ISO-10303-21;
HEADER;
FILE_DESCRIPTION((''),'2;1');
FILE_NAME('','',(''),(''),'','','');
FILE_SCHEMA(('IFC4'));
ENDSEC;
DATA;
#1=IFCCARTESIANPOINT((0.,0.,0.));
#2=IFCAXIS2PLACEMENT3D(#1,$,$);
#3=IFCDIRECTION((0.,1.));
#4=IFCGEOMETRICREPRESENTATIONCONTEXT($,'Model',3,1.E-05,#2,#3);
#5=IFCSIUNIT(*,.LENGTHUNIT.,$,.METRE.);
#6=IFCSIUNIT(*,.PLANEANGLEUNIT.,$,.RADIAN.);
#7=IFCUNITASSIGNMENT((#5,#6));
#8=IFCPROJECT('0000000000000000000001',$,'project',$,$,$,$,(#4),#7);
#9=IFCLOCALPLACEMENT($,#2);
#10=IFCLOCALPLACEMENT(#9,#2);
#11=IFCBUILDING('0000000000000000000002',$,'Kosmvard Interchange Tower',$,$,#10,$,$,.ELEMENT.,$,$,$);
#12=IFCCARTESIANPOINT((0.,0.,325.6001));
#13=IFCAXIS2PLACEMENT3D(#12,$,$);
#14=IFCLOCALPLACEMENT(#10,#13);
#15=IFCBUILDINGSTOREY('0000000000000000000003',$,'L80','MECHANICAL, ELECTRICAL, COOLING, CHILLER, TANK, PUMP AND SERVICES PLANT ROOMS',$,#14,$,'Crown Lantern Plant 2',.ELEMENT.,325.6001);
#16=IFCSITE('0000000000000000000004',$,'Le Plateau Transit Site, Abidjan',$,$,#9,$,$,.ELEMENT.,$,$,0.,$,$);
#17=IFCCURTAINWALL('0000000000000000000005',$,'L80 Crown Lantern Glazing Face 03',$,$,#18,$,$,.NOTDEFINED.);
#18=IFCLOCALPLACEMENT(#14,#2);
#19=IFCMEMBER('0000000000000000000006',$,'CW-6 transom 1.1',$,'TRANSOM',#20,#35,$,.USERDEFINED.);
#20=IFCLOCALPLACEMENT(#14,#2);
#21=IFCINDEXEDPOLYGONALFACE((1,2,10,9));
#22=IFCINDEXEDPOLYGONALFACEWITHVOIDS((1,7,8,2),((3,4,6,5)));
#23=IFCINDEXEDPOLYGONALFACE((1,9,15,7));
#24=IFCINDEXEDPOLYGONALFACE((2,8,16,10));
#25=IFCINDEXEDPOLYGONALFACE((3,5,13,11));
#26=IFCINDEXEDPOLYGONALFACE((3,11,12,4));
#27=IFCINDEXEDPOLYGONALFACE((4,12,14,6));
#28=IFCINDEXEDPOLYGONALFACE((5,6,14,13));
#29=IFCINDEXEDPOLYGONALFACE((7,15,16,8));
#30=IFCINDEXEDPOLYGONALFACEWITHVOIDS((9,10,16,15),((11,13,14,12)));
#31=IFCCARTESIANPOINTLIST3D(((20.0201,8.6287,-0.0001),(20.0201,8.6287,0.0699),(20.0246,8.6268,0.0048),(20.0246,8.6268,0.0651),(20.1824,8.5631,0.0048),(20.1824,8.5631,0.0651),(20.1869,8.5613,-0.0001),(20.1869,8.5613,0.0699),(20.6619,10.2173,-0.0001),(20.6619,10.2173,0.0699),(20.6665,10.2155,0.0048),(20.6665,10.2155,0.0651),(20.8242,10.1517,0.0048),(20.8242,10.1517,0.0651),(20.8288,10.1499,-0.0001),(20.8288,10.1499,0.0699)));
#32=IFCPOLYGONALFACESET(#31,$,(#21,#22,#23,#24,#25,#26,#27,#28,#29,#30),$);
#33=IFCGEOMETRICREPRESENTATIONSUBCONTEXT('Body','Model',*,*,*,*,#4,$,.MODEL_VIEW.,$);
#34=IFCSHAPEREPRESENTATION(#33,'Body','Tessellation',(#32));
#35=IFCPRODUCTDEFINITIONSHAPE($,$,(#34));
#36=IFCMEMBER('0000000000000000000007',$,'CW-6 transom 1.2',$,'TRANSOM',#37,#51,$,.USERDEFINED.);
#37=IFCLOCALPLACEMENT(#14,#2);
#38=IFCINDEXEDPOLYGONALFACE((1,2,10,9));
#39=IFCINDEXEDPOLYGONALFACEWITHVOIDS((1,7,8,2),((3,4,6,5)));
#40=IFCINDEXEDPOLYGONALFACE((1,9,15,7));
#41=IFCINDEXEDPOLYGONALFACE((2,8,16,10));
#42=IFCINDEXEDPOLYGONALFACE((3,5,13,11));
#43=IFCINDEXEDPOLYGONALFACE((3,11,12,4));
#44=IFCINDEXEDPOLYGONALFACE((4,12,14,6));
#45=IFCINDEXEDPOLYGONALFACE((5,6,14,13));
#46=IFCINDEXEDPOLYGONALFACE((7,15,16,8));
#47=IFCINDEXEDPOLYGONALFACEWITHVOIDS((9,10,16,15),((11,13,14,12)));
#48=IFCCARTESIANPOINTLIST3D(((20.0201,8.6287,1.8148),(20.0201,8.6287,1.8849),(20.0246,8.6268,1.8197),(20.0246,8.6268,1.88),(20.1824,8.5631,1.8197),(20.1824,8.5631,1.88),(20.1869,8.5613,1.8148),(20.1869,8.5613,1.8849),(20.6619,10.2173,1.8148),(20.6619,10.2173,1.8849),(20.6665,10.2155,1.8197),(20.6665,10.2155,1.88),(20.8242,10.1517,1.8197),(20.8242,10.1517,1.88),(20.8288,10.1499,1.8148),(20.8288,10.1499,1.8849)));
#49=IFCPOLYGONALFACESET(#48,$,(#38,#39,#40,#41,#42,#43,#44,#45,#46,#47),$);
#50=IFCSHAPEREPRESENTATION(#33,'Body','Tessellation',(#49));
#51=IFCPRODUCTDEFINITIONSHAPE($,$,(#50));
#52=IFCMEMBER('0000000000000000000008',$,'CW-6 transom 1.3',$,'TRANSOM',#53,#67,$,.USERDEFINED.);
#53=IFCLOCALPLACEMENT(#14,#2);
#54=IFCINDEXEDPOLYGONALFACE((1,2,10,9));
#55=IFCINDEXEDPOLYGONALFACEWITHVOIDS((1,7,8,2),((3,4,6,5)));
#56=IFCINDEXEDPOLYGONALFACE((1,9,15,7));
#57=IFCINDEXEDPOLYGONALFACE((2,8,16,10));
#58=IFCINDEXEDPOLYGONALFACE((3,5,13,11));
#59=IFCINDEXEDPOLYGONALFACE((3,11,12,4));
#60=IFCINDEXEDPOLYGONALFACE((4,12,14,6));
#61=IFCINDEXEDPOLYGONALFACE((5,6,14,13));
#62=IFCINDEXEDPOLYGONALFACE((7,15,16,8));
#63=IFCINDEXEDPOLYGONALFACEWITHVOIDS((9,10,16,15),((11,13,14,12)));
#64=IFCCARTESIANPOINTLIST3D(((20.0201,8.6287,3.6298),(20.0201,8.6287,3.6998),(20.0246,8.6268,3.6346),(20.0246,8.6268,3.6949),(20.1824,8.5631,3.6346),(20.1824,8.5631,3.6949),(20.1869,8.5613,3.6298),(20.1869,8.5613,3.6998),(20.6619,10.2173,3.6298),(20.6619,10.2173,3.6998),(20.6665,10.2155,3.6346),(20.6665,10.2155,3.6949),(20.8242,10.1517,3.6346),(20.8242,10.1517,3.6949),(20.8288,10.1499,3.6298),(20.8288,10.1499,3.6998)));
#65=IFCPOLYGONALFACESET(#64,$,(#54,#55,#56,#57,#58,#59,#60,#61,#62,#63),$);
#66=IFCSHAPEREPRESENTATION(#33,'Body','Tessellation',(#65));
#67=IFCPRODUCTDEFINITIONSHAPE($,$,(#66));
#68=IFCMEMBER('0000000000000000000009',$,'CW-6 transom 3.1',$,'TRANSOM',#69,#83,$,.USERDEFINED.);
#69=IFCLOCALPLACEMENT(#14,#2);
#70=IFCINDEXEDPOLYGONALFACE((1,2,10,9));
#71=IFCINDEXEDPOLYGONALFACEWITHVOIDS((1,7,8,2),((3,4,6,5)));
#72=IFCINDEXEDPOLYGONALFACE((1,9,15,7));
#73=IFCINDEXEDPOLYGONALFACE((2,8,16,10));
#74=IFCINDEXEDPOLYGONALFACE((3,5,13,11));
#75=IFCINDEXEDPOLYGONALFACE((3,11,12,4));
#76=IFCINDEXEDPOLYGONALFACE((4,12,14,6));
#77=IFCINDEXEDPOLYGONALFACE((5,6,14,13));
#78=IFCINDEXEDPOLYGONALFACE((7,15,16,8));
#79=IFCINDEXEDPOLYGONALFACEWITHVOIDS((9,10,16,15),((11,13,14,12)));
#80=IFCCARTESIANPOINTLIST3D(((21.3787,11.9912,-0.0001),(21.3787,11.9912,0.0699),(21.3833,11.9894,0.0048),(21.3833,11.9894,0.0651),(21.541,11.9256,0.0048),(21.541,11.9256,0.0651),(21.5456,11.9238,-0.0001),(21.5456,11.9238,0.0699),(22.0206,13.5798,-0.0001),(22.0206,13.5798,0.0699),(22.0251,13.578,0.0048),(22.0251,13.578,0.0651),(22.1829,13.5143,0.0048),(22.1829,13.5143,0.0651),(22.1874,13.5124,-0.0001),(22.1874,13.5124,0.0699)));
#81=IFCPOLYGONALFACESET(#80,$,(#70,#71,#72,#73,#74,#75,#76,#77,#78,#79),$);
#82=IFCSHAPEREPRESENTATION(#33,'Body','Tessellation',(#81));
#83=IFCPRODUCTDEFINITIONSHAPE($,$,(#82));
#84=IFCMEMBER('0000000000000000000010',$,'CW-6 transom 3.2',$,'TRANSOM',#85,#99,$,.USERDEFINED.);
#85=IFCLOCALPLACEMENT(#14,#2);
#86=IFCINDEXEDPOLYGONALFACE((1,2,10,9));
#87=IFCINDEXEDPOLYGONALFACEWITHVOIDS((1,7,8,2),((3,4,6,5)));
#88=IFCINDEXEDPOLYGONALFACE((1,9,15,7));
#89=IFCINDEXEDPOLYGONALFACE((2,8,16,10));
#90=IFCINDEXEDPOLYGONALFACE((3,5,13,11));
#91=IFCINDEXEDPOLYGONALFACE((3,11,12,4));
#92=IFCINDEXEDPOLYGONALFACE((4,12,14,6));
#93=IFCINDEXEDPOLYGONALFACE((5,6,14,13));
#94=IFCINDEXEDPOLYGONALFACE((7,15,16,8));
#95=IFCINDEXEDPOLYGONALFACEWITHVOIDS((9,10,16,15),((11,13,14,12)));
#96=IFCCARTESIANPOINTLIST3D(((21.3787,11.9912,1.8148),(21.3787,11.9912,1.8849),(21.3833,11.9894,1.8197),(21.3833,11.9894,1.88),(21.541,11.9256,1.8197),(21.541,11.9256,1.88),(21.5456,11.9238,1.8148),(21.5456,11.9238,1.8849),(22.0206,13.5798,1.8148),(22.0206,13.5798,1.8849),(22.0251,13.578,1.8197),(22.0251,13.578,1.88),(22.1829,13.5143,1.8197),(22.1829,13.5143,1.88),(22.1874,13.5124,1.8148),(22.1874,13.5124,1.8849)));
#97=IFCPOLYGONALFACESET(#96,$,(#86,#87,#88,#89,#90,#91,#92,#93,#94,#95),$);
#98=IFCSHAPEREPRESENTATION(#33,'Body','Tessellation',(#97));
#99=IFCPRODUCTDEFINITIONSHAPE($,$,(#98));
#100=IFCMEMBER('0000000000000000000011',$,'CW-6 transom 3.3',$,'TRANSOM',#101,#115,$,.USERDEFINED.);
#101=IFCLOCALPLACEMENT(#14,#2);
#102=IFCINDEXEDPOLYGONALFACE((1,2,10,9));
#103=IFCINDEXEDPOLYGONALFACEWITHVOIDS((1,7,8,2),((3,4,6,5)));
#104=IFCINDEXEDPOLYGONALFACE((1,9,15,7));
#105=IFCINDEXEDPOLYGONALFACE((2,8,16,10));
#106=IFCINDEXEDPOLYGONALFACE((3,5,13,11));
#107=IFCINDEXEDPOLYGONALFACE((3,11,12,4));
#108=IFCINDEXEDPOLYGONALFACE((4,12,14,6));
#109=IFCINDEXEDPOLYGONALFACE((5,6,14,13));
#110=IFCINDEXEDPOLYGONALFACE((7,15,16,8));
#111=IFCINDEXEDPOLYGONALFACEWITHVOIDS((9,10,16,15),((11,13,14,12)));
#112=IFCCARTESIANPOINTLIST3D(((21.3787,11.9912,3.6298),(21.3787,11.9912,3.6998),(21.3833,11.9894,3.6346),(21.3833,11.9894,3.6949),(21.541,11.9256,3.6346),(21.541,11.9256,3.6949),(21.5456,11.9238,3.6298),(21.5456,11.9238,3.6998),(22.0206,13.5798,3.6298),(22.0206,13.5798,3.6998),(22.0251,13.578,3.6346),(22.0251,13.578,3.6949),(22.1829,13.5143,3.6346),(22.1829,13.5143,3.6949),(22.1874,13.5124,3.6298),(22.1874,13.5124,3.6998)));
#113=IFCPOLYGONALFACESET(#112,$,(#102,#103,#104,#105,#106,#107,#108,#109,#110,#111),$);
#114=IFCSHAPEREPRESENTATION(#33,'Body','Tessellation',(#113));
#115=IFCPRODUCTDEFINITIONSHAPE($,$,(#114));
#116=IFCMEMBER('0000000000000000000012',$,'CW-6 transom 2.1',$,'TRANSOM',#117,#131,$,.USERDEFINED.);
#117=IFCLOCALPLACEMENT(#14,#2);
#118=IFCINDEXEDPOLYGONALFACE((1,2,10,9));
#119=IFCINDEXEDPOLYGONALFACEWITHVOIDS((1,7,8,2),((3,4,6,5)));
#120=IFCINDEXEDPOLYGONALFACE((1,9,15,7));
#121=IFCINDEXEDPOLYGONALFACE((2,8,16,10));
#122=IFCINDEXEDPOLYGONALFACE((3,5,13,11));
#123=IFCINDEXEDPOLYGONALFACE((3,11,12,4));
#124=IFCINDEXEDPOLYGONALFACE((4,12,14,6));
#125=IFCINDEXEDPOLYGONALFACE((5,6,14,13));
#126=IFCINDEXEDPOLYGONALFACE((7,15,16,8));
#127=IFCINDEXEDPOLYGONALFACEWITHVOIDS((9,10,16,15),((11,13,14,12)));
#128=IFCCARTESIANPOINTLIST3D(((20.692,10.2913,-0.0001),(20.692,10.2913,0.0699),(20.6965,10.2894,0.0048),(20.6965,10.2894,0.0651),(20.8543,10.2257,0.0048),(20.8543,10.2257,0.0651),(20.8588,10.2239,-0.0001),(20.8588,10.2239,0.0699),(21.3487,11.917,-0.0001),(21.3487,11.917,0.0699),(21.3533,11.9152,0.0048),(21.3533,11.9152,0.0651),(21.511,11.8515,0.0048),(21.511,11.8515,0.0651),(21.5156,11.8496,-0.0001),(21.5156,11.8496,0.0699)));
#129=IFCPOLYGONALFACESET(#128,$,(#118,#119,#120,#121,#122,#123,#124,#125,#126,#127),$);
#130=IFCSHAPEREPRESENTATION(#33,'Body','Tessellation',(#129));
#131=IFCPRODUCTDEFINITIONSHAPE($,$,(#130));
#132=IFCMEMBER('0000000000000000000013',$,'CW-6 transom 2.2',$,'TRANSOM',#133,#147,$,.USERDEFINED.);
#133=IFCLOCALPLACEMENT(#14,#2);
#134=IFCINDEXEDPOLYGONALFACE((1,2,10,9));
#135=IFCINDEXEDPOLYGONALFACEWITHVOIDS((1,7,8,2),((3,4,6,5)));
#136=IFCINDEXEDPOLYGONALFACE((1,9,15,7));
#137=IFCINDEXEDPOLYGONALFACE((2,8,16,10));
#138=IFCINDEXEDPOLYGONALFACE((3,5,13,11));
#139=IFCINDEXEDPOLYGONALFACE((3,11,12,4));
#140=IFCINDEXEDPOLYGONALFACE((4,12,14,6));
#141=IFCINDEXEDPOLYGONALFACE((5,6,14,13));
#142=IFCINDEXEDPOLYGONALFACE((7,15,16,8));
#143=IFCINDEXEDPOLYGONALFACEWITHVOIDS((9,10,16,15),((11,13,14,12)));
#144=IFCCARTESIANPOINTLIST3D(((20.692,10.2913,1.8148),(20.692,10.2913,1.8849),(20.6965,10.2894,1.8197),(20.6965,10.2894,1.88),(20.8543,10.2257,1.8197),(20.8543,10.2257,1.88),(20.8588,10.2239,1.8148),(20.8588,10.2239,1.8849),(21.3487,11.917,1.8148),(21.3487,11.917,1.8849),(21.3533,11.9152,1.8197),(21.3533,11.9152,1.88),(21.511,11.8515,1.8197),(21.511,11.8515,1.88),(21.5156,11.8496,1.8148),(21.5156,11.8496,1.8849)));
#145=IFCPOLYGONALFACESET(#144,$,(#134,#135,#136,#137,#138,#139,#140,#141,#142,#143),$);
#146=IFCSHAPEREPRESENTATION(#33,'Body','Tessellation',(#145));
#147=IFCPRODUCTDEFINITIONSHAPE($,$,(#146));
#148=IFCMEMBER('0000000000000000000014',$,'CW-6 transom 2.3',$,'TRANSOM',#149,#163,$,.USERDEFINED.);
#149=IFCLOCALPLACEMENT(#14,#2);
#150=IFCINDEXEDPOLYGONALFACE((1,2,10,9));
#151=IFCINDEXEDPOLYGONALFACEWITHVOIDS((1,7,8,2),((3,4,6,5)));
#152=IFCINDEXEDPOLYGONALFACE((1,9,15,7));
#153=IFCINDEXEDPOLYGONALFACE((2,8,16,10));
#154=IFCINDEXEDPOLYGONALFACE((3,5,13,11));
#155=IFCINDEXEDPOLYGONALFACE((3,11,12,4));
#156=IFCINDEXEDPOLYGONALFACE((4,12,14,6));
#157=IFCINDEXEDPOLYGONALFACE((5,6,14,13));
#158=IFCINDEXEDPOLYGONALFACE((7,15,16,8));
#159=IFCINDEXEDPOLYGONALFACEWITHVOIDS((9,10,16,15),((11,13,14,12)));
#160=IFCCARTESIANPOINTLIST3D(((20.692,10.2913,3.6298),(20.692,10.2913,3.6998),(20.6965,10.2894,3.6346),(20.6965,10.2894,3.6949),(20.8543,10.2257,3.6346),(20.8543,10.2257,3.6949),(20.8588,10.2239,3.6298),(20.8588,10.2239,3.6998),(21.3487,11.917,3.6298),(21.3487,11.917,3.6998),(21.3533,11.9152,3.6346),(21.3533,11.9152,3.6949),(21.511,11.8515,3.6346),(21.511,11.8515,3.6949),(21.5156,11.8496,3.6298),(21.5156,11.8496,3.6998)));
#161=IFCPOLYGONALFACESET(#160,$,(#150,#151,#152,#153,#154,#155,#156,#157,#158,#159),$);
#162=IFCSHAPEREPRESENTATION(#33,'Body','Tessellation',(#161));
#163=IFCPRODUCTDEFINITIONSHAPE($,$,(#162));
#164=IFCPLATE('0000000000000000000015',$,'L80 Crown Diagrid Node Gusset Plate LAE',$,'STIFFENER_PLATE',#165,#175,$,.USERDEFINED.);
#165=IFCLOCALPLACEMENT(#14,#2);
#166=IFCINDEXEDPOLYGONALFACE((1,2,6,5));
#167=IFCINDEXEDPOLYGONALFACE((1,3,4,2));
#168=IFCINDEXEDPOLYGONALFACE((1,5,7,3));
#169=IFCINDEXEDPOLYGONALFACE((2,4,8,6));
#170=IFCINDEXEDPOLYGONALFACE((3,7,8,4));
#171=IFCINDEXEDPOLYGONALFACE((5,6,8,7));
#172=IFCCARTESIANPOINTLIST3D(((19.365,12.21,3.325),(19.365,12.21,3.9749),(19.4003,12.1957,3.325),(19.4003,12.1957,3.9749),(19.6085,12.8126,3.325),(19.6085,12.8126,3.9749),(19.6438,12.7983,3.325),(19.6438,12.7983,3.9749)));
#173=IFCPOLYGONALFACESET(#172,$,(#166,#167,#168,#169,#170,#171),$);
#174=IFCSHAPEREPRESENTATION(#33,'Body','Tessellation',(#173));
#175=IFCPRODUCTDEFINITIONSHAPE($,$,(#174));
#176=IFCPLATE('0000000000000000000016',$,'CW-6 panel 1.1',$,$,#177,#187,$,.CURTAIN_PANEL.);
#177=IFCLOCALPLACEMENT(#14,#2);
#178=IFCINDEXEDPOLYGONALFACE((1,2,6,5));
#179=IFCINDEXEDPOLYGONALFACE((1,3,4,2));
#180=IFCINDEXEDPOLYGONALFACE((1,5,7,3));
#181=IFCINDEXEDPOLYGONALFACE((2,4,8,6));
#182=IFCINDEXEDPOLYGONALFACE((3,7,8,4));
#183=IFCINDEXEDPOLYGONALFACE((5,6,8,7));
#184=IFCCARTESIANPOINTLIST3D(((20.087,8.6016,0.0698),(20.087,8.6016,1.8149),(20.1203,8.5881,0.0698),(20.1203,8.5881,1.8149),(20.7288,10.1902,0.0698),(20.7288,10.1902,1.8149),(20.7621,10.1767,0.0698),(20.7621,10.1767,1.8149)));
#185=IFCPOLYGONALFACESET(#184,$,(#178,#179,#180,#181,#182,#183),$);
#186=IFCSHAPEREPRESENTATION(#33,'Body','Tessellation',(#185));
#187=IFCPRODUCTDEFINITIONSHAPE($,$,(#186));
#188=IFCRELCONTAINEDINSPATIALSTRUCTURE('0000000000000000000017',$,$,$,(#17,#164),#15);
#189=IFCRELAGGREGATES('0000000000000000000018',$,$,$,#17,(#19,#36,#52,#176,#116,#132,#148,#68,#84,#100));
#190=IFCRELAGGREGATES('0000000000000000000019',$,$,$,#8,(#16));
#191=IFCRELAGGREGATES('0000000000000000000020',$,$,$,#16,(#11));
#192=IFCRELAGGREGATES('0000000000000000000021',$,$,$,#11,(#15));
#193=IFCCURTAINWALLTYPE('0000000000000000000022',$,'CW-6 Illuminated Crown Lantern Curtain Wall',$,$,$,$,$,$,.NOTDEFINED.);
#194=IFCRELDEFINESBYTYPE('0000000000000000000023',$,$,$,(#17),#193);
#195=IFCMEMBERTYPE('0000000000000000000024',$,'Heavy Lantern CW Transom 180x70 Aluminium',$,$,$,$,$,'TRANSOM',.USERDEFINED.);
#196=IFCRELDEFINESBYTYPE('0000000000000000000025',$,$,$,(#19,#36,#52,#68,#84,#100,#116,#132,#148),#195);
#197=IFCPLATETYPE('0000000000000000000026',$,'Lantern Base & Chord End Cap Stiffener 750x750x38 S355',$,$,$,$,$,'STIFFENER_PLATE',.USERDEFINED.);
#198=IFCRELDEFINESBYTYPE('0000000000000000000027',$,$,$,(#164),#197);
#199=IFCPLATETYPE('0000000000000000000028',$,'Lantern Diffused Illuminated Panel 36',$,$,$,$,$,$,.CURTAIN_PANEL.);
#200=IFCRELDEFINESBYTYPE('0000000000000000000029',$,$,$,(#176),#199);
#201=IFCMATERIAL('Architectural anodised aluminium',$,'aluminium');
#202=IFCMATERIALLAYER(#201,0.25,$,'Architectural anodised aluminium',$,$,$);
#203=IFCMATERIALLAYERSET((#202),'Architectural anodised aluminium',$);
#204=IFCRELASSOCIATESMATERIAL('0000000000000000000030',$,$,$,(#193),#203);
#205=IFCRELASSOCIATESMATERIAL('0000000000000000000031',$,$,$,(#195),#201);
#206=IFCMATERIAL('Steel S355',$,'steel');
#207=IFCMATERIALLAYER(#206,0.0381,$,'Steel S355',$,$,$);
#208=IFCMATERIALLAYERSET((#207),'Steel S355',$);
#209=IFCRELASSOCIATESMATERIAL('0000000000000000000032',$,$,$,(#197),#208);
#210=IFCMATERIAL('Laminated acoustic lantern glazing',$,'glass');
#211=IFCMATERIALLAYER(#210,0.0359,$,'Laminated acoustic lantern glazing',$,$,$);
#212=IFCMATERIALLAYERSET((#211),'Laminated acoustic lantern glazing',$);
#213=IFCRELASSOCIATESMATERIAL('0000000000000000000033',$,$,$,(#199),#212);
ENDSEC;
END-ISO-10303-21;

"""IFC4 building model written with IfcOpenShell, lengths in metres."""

from ifc_helpers import new_model, si_unit, direction, frame, origin, origin_2d, place, context, subcontext, project, spatial, rectangle, hollow_rectangle, extrude, source, transform, mapped, material, layer, layer_set, material_profile, profile_set, type_object, element, aggregate, save


model = new_model("IFC4")

# Units and contexts
model_context = context("Model", 3, precision=1e-05, world=origin(), true_north=direction((0.0, 1.0)))
body_context = subcontext(model_context, "Body", "Model", "MODEL_VIEW")
ifc_project = project(units=[si_unit("LENGTHUNIT", "METRE"), si_unit("PLANEANGLEUNIT", "RADIAN")], contexts=[model_context])

# Site, building, storey
site_placement = place(None, origin())
site = spatial("IfcSite", under=ifc_project, at=site_placement, Name="Le Plateau Transit Site, Abidjan", CompositionType="ELEMENT", RefElevation=0.0)
building_placement = place(site_placement, origin())
building = spatial("IfcBuilding", under=site, at=building_placement, Name="Kosmvard Interchange Tower", CompositionType="ELEMENT")
storey_placement = place(building_placement, frame((0.0, 0.0, 325.6001)))
storey = spatial("IfcBuildingStorey", under=building, at=storey_placement, Name="L80", Description="MECHANICAL, ELECTRICAL, COOLING, CHILLER, TANK, PUMP AND SERVICES PLANT ROOMS", LongName="Crown Lantern Plant 2", CompositionType="ELEMENT", Elevation=325.6001)

# Shared definitions
ifc_material_1 = material(Name="Steel S355", Category="steel")

# Curtain wall, members
ifc_material_2 = material(Name="Architectural anodised aluminium", Category="aluminium")
ifc_layer_1 = layer(ifc_material_2, 0.25, Name="Architectural anodised aluminium")
ifc_layer_set_1 = layer_set([ifc_layer_1], Name="Architectural anodised aluminium")
curtain_wall_type = type_object("IfcCurtainWallType", Name="CW-6 Illuminated Crown Lantern Curtain Wall", PredefinedType="NOTDEFINED", material=ifc_layer_set_1)
curtain_wall_placement = place(storey_placement, origin())
curtain_wall = element("IfcCurtainWall", 1, at=curtain_wall_placement, inside=storey, type_object=curtain_wall_type, Name="L80 Crown Lantern Glazing Face 03", PredefinedType="NOTDEFINED")
ifc_material_profile_1 = material_profile(ifc_material_2, hollow_rectangle(XDim=0.1799, YDim=0.0701, WallThickness=0.0049, at=origin_2d()), Name="CWT 180x70x5")
ifc_profile_set_1 = profile_set([ifc_material_profile_1], Name="Architectural anodised aluminium")
member_type_1 = type_object("IfcMemberType", Name="Heavy Lantern CW Transom 180x70 Aluminium", ElementType="TRANSOM", PredefinedType="USERDEFINED", material=ifc_profile_set_1)
shared_shape_1 = source(origin(), body_context, "Body", "SweptSolid", [
    extrude(hollow_rectangle(XDim=0.1799, YDim=0.0701, WallThickness=0.0049, at=origin_2d()), origin(), (0.0, 0.0, 1.0), 1.7134),
])
member_1_placement = place(storey_placement, frame((20.1035, 8.595, 0.0349), z_axis=(0.374607, 0.927184, 0.0), x_axis=(-0.927184, 0.374607, 0.0)))
member_1 = element("IfcMember", 2, at=member_1_placement, type_object=member_type_1, Name="CW-6 transom 1.1", ObjectType="TRANSOM", PredefinedType="USERDEFINED", context=body_context, shape_type="MappedRepresentation", body=[
    mapped(shared_shape_1, transform((0.0, 0.0, 0.0), scale=1.0)),
])
member_2_placement = place(storey_placement, frame((20.1035, 8.595, 1.8499), z_axis=(0.374607, 0.927184, 0.0), x_axis=(-0.927184, 0.374607, 0.0)))
member_2 = element("IfcMember", 3, at=member_2_placement, type_object=member_type_1, Name="CW-6 transom 1.2", ObjectType="TRANSOM", PredefinedType="USERDEFINED", context=body_context, shape_type="MappedRepresentation", body=[
    mapped(shared_shape_1, transform((0.0, 0.0, 0.0), scale=1.0)),
])
member_3_placement = place(storey_placement, frame((20.1035, 8.595, 3.6648), z_axis=(0.374607, 0.927184, 0.0), x_axis=(-0.927184, 0.374607, 0.0)))
member_3 = element("IfcMember", 4, at=member_3_placement, type_object=member_type_1, Name="CW-6 transom 1.3", ObjectType="TRANSOM", PredefinedType="USERDEFINED", context=body_context, shape_type="MappedRepresentation", body=[
    mapped(shared_shape_1, transform((0.0, 0.0, 0.0), scale=1.0)),
])
member_4_placement = place(storey_placement, frame((21.4622, 11.9575, 0.0349), z_axis=(0.374607, 0.927184, 0.0), x_axis=(-0.927184, 0.374607, 0.0)))
member_4 = element("IfcMember", 5, at=member_4_placement, type_object=member_type_1, Name="CW-6 transom 3.1", ObjectType="TRANSOM", PredefinedType="USERDEFINED", context=body_context, shape_type="MappedRepresentation", body=[
    mapped(shared_shape_1, transform((0.0, 0.0, 0.0), scale=1.0)),
])
member_5_placement = place(storey_placement, frame((21.4622, 11.9575, 1.8499), z_axis=(0.374607, 0.927184, 0.0), x_axis=(-0.927184, 0.374607, 0.0)))
member_5 = element("IfcMember", 6, at=member_5_placement, type_object=member_type_1, Name="CW-6 transom 3.2", ObjectType="TRANSOM", PredefinedType="USERDEFINED", context=body_context, shape_type="MappedRepresentation", body=[
    mapped(shared_shape_1, transform((0.0, 0.0, 0.0), scale=1.0)),
])
member_6_placement = place(storey_placement, frame((21.4622, 11.9575, 3.6648), z_axis=(0.374607, 0.927184, 0.0), x_axis=(-0.927184, 0.374607, 0.0)))
member_6 = element("IfcMember", 7, at=member_6_placement, type_object=member_type_1, Name="CW-6 transom 3.3", ObjectType="TRANSOM", PredefinedType="USERDEFINED", context=body_context, shape_type="MappedRepresentation", body=[
    mapped(shared_shape_1, transform((0.0, 0.0, 0.0), scale=1.0)),
])
shared_shape_2 = source(origin(), body_context, "Body", "SweptSolid", [
    extrude(hollow_rectangle(XDim=0.1799, YDim=0.0701, WallThickness=0.0049, at=origin_2d()), origin(), (0.0, 0.0, 1.0), 1.7534),
])
member_7_placement = place(storey_placement, frame((20.7754, 10.2576, 0.0349), z_axis=(0.374557, 0.927204, 0.0), x_axis=(-0.927204, 0.374557, 0.0)))
member_7 = element("IfcMember", 8, at=member_7_placement, type_object=member_type_1, Name="CW-6 transom 2.1", ObjectType="TRANSOM", PredefinedType="USERDEFINED", context=body_context, shape_type="MappedRepresentation", body=[
    mapped(shared_shape_2, transform((0.0, 0.0, 0.0), scale=1.0)),
])
member_8_placement = place(storey_placement, frame((20.7754, 10.2576, 1.8499), z_axis=(0.374557, 0.927204, 0.0), x_axis=(-0.927204, 0.374557, 0.0)))
member_8 = element("IfcMember", 9, at=member_8_placement, type_object=member_type_1, Name="CW-6 transom 2.2", ObjectType="TRANSOM", PredefinedType="USERDEFINED", context=body_context, shape_type="MappedRepresentation", body=[
    mapped(shared_shape_2, transform((0.0, 0.0, 0.0), scale=1.0)),
])
member_9_placement = place(storey_placement, frame((20.7754, 10.2576, 3.6648), z_axis=(0.374557, 0.927204, 0.0), x_axis=(-0.927204, 0.374557, 0.0)))
member_9 = element("IfcMember", 10, at=member_9_placement, type_object=member_type_1, Name="CW-6 transom 2.3", ObjectType="TRANSOM", PredefinedType="USERDEFINED", context=body_context, shape_type="MappedRepresentation", body=[
    mapped(shared_shape_2, transform((0.0, 0.0, 0.0), scale=1.0)),
])

# Plates
ifc_layer_2 = layer(ifc_material_1, 0.0381, Name="Steel S355")
ifc_layer_set_2 = layer_set([ifc_layer_2], Name="Steel S355")
plate_type_1 = type_object("IfcPlateType", Name="Lantern Base & Chord End Cap Stiffener 750x750x38 S355", ElementType="STIFFENER_PLATE", PredefinedType="USERDEFINED", material=ifc_layer_set_2)
shared_shape_3 = source(origin(), body_context, "Body", "SweptSolid", [
    extrude(rectangle(XDim=0.6499, YDim=0.0381, at=origin_2d()), origin(), (0.0, 0.0, 1.0), 0.6499),
])
plate_1_placement = place(storey_placement, frame((19.5044, 12.5042, 3.325), z_axis=(0.0, 0.0, 1.0), x_axis=(0.374607, 0.927184, 0.0)))
element("IfcPlate", 11, at=plate_1_placement, inside=storey, type_object=plate_type_1, Name="L80 Crown Diagrid Node Gusset Plate LAE", ObjectType="STIFFENER_PLATE", PredefinedType="USERDEFINED", context=body_context, shape_type="MappedRepresentation", body=[
    mapped(shared_shape_3, transform((0.0, 0.0, 0.0), scale=1.0)),
])
ifc_material_3 = material(Name="Laminated acoustic lantern glazing", Category="glass")
ifc_layer_3 = layer(ifc_material_3, 0.0359, Name="Laminated acoustic lantern glazing")
ifc_layer_set_3 = layer_set([ifc_layer_3], Name="Laminated acoustic lantern glazing")
plate_type_2 = type_object("IfcPlateType", Name="Lantern Diffused Illuminated Panel 36", PredefinedType="CURTAIN_PANEL", material=ifc_layer_set_3)
shared_shape_4 = source(origin(), body_context, "Body", "SweptSolid", [
    extrude(rectangle(XDim=1.7134, YDim=0.0359, at=origin_2d()), origin(), (0.0, 0.0, 1.0), 1.7451),
])
plate_2_placement = place(storey_placement, frame((20.4246, 9.3892, 0.0698), z_axis=(0.0, 0.0, 1.0), x_axis=(0.374607, 0.927184, 0.0)))
plate_2 = element("IfcPlate", 12, at=plate_2_placement, type_object=plate_type_2, Name="CW-6 panel 1.1", PredefinedType="CURTAIN_PANEL", context=body_context, shape_type="MappedRepresentation", body=[
    mapped(shared_shape_4, transform((0.0, 0.0, 0.0), scale=1.0)),
])
aggregate(curtain_wall, [member_1, member_2, member_3, plate_2, member_7, member_8, member_9, member_4, member_5, member_6])

save(model, "model.ifc")
